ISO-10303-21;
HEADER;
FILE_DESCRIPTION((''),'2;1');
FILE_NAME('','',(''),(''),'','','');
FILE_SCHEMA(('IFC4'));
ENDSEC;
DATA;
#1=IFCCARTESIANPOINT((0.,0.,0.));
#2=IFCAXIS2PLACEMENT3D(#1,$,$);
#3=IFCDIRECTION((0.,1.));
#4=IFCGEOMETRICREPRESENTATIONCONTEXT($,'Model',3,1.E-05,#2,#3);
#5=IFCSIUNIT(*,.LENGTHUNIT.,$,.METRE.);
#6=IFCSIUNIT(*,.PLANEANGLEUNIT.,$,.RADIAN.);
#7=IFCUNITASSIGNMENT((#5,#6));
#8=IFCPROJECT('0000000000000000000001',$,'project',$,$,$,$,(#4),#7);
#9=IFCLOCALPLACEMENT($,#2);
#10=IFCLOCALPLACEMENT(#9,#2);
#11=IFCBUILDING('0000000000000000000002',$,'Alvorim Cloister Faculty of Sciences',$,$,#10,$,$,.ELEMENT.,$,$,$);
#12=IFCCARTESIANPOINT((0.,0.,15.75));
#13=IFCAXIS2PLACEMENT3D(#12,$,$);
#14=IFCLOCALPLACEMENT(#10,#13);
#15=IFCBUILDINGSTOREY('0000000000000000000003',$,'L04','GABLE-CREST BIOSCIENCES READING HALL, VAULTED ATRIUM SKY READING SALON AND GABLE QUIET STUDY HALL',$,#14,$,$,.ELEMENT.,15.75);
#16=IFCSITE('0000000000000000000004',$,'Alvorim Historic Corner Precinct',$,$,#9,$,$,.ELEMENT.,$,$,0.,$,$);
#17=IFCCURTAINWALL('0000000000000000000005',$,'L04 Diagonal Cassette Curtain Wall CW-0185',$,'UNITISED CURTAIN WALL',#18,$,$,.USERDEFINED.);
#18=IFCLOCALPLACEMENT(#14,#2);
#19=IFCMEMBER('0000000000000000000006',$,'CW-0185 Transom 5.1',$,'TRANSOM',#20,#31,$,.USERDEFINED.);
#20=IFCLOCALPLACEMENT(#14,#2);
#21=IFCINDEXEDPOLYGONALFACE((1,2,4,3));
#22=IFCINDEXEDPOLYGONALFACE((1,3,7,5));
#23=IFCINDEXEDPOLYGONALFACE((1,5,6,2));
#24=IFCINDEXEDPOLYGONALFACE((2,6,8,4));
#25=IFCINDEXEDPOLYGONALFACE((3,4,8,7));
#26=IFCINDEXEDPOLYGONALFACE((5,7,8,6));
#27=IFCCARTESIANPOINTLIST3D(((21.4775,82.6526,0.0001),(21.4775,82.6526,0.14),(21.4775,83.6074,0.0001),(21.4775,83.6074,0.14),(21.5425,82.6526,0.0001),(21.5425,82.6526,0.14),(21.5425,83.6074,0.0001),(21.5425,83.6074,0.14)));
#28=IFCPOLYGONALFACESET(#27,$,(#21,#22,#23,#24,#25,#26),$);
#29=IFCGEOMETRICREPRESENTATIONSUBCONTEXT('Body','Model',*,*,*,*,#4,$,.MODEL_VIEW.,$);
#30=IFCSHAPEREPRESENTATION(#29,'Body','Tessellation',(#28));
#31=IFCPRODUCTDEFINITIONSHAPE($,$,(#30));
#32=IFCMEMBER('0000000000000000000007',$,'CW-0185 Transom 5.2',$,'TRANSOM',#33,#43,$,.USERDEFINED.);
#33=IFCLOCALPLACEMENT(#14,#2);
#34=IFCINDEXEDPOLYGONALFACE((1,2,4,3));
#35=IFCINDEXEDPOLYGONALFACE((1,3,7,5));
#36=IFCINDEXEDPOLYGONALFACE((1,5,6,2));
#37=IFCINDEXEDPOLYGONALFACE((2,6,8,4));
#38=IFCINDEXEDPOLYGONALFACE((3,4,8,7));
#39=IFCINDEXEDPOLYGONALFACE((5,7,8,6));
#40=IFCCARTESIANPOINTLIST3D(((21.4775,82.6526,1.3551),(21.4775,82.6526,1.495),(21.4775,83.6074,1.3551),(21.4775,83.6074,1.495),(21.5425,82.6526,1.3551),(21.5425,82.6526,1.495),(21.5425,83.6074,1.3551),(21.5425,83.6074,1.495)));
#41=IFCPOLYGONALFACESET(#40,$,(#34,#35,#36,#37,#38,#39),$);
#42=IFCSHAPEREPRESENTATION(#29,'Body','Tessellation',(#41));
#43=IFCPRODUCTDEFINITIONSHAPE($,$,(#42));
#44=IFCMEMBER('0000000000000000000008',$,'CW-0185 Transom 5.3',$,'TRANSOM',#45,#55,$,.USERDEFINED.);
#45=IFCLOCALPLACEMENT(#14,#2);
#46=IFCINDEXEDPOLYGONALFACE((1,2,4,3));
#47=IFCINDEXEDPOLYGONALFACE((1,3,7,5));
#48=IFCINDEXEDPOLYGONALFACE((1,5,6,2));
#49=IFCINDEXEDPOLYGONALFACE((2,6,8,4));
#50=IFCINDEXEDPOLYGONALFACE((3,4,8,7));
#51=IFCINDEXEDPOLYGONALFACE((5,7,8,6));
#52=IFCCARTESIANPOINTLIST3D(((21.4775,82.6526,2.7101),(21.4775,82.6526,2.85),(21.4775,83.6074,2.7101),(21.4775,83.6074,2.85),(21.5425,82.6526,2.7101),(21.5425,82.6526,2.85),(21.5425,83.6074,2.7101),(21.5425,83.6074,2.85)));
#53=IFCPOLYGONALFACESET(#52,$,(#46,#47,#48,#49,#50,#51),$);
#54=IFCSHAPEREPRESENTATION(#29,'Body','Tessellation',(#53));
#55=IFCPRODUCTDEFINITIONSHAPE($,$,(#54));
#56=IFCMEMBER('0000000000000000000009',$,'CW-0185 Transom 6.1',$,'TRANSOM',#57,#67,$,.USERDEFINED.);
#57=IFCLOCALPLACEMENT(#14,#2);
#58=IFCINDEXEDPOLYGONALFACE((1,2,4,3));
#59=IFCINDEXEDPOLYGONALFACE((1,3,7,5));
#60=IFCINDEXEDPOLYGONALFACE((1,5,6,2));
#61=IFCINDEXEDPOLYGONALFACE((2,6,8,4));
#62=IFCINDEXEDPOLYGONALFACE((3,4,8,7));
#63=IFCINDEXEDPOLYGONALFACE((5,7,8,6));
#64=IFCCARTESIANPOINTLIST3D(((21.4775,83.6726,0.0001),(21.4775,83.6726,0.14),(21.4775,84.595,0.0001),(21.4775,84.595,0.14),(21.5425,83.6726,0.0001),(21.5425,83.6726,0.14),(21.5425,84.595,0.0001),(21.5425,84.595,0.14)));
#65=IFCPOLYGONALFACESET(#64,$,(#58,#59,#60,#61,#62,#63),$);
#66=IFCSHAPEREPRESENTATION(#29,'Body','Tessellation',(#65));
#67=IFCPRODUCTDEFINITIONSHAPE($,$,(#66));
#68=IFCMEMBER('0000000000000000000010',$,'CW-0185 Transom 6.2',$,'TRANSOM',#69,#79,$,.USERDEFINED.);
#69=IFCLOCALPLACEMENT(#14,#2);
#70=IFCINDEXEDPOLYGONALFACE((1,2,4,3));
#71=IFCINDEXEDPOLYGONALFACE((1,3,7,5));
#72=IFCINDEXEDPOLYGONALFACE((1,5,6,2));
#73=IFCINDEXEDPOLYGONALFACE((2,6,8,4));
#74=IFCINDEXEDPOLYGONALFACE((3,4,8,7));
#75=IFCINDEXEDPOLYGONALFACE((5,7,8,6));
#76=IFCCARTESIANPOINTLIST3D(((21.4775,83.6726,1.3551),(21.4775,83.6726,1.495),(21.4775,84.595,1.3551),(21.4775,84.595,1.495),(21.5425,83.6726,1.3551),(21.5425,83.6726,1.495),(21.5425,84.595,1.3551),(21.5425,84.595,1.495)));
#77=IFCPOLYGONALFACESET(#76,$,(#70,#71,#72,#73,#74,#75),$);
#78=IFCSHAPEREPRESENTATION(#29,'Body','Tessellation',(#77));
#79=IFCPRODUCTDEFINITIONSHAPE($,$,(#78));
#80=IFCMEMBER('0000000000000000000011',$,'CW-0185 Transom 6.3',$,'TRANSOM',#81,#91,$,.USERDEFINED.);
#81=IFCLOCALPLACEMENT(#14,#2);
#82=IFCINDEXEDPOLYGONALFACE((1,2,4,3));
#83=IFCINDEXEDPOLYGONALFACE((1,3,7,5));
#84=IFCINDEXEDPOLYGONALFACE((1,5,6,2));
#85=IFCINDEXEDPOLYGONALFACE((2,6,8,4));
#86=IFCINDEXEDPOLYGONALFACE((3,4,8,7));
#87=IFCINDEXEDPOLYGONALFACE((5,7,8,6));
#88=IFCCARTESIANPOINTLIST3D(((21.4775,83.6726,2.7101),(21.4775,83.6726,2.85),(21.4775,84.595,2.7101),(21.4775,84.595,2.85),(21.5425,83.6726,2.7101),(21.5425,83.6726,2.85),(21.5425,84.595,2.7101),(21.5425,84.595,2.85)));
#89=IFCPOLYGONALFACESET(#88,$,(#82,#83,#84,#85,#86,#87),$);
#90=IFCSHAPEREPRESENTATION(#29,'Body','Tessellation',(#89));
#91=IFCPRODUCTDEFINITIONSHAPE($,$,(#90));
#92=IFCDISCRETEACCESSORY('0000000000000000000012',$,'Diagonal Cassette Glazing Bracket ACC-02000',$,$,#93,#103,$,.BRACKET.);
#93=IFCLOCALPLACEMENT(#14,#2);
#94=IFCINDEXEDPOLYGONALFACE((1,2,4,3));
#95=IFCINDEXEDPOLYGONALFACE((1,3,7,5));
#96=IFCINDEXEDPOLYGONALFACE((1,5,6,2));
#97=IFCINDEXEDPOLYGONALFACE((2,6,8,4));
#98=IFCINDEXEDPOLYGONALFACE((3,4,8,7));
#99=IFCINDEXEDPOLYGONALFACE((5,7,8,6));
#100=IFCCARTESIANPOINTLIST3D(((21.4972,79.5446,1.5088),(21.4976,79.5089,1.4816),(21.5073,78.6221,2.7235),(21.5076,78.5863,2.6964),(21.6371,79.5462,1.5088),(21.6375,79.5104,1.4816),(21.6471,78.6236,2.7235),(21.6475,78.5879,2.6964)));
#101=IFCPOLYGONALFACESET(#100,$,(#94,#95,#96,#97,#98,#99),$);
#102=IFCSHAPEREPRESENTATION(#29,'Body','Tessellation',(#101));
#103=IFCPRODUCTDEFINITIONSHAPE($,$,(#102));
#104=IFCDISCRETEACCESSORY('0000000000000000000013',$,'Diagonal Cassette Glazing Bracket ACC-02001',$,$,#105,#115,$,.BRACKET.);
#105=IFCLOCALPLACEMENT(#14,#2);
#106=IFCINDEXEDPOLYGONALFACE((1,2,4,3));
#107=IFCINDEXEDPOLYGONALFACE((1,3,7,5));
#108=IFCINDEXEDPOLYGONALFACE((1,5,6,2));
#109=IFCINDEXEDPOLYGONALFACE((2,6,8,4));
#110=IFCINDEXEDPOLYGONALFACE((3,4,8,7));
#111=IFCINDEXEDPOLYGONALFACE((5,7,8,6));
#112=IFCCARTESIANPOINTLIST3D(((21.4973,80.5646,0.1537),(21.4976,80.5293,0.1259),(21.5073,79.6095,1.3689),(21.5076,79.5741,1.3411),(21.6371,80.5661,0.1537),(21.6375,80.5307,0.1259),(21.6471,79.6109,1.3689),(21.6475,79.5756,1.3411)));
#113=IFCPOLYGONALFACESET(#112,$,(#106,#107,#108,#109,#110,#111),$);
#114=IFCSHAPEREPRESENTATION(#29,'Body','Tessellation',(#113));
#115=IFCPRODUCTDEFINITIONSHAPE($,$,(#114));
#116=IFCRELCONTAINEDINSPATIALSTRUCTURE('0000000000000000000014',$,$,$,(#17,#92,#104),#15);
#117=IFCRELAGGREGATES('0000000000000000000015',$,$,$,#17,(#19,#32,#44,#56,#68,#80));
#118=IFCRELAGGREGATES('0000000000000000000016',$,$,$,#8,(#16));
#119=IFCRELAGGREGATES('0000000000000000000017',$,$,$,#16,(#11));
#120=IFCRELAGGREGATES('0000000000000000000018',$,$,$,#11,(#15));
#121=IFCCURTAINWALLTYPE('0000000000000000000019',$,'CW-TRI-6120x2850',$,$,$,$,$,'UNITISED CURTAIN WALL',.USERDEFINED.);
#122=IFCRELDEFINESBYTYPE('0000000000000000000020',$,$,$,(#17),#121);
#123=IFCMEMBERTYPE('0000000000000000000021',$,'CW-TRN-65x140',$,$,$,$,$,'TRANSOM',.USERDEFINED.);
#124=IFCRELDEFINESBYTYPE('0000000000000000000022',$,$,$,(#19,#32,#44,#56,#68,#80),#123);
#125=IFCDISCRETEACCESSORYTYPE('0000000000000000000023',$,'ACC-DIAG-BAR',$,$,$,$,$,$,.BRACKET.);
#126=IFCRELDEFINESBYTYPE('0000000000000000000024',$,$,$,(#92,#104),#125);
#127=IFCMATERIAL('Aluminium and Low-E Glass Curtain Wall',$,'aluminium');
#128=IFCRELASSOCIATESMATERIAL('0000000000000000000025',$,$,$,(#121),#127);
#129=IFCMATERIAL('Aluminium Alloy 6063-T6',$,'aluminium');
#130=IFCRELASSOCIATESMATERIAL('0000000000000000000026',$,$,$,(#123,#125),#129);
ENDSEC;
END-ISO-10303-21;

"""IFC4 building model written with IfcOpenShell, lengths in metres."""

from ifc_helpers import new_model, si_unit, direction, frame, origin, origin_2d, place, context, subcontext, project, spatial, rectangle, extrude, material, material_profile, profile_set, type_object, element, aggregate, save


model = new_model("IFC4")

# Units and contexts
model_context = context("Model", 3, precision=1e-05, world=origin(), true_north=direction((0.0, 1.0)))
body_context = subcontext(model_context, "Body", "Model", "MODEL_VIEW")
ifc_project = project(units=[si_unit("LENGTHUNIT", "METRE"), si_unit("PLANEANGLEUNIT", "RADIAN")], contexts=[model_context])

# Site, building, storey
site_placement = place(None, origin())
site = spatial("IfcSite", under=ifc_project, at=site_placement, Name="Alvorim Historic Corner Precinct", CompositionType="ELEMENT", RefElevation=0.0)
building_placement = place(site_placement, origin())
building = spatial("IfcBuilding", under=site, at=building_placement, Name="Alvorim Cloister Faculty of Sciences", CompositionType="ELEMENT")
storey_placement = place(building_placement, frame((0.0, 0.0, 15.75)))
storey = spatial("IfcBuildingStorey", under=building, at=storey_placement, Name="L04", Description="GABLE-CREST BIOSCIENCES READING HALL, VAULTED ATRIUM SKY READING SALON AND GABLE QUIET STUDY HALL", CompositionType="ELEMENT", Elevation=15.75)

# Curtain wall, members
ifc_material_1 = material(Name="Aluminium and Low-E Glass Curtain Wall", Category="aluminium")
curtain_wall_type = type_object("IfcCurtainWallType", Name="CW-TRI-6120x2850", ElementType="UNITISED CURTAIN WALL", PredefinedType="USERDEFINED", material=ifc_material_1)
curtain_wall_placement = place(storey_placement, origin())
curtain_wall = element("IfcCurtainWall", 1, at=curtain_wall_placement, inside=storey, type_object=curtain_wall_type, Name="L04 Diagonal Cassette Curtain Wall CW-0185", ObjectType="UNITISED CURTAIN WALL", PredefinedType="USERDEFINED")
ifc_material_2 = material(Name="Aluminium Alloy 6063-T6", Category="aluminium")
ifc_material_profile_1 = material_profile(ifc_material_2, rectangle(XDim=0.0649, YDim=0.1399, at=origin_2d()), Name="ALU-TRN-65x140")
ifc_profile_set_1 = profile_set([ifc_material_profile_1], Name="Aluminium Alloy 6063-T6")
member_type_1 = type_object("IfcMemberType", Name="CW-TRN-65x140", ElementType="TRANSOM", PredefinedType="USERDEFINED", material=ifc_profile_set_1)
member_1_placement = place(storey_placement, frame((21.51, 82.6526, 0.0701), z_axis=(0.0, 1.0, 0.0), x_axis=(-1.0, 0.0, 0.0)))
member_1 = element("IfcMember", 2, at=member_1_placement, type_object=member_type_1, Name="CW-0185 Transom 5.1", ObjectType="TRANSOM", PredefinedType="USERDEFINED", context=body_context, shape_type="SweptSolid", body=[
    extrude(rectangle(XDim=0.0649, YDim=0.1399, at=origin_2d()), origin(), (0.0, 0.0, 1.0), 0.9548),
])
member_2_placement = place(storey_placement, frame((21.51, 82.6526, 1.425), z_axis=(0.0, 1.0, 0.0), x_axis=(-1.0, 0.0, 0.0)))
member_2 = element("IfcMember", 3, at=member_2_placement, type_object=member_type_1, Name="CW-0185 Transom 5.2", ObjectType="TRANSOM", PredefinedType="USERDEFINED", context=body_context, shape_type="SweptSolid", body=[
    extrude(rectangle(XDim=0.0649, YDim=0.1399, at=origin_2d()), origin(), (0.0, 0.0, 1.0), 0.9548),
])
member_3_placement = place(storey_placement, frame((21.51, 82.6526, 2.78), z_axis=(0.0, 1.0, 0.0), x_axis=(-1.0, 0.0, 0.0)))
member_3 = element("IfcMember", 4, at=member_3_placement, type_object=member_type_1, Name="CW-0185 Transom 5.3", ObjectType="TRANSOM", PredefinedType="USERDEFINED", context=body_context, shape_type="SweptSolid", body=[
    extrude(rectangle(XDim=0.0649, YDim=0.1399, at=origin_2d()), origin(), (0.0, 0.0, 1.0), 0.9548),
])
member_4_placement = place(storey_placement, frame((21.51, 83.6726, 0.0701), z_axis=(0.0, 1.0, 0.0), x_axis=(-1.0, 0.0, 0.0)))
member_4 = element("IfcMember", 5, at=member_4_placement, type_object=member_type_1, Name="CW-0185 Transom 6.1", ObjectType="TRANSOM", PredefinedType="USERDEFINED", context=body_context, shape_type="SweptSolid", body=[
    extrude(rectangle(XDim=0.0649, YDim=0.1399, at=origin_2d()), origin(), (0.0, 0.0, 1.0), 0.9224),
])
member_5_placement = place(storey_placement, frame((21.51, 83.6726, 1.425), z_axis=(0.0, 1.0, 0.0), x_axis=(-1.0, 0.0, 0.0)))
member_5 = element("IfcMember", 6, at=member_5_placement, type_object=member_type_1, Name="CW-0185 Transom 6.2", ObjectType="TRANSOM", PredefinedType="USERDEFINED", context=body_context, shape_type="SweptSolid", body=[
    extrude(rectangle(XDim=0.0649, YDim=0.1399, at=origin_2d()), origin(), (0.0, 0.0, 1.0), 0.9224),
])
member_6_placement = place(storey_placement, frame((21.51, 83.6726, 2.78), z_axis=(0.0, 1.0, 0.0), x_axis=(-1.0, 0.0, 0.0)))
member_6 = element("IfcMember", 7, at=member_6_placement, type_object=member_type_1, Name="CW-0185 Transom 6.3", ObjectType="TRANSOM", PredefinedType="USERDEFINED", context=body_context, shape_type="SweptSolid", body=[
    extrude(rectangle(XDim=0.0649, YDim=0.1399, at=origin_2d()), origin(), (0.0, 0.0, 1.0), 0.9224),
])
aggregate(curtain_wall, [member_1, member_2, member_3, member_4, member_5, member_6])

# Discrete accessories
discrete_accessory_type = type_object("IfcDiscreteAccessoryType", Name="ACC-DIAG-BAR", PredefinedType="BRACKET", material=ifc_material_2)
discrete_accessory_1_placement = place(storey_placement, frame((21.5774, 78.605, 2.71), z_axis=(-0.006562, 0.60479, -0.796358), x_axis=(-0.999941, -0.010849, 0.0)))
element("IfcDiscreteAccessory", 8, at=discrete_accessory_1_placement, inside=storey, type_object=discrete_accessory_type, Name="Diagonal Cassette Glazing Bracket ACC-02000", PredefinedType="BRACKET", context=body_context, shape_type="SweptSolid", body=[
    extrude(rectangle(XDim=0.1399, YDim=0.0449, at=origin_2d()), origin(), (0.0, 0.0, 1.0), 1.5254),
])
discrete_accessory_2_placement = place(storey_placement, frame((21.5774, 79.5925, 1.355), z_axis=(-0.006477, 0.617955, -0.786187), x_axis=(-0.999945, -0.01048, 0.0)))
element("IfcDiscreteAccessory", 9, at=discrete_accessory_2_placement, inside=storey, type_object=discrete_accessory_type, Name="Diagonal Cassette Glazing Bracket ACC-02001", PredefinedType="BRACKET", context=body_context, shape_type="SweptSolid", body=[
    extrude(rectangle(XDim=0.1399, YDim=0.0449, at=origin_2d()), origin(), (0.0, 0.0, 1.0), 1.5457),
])

save(model, "model.ifc")
